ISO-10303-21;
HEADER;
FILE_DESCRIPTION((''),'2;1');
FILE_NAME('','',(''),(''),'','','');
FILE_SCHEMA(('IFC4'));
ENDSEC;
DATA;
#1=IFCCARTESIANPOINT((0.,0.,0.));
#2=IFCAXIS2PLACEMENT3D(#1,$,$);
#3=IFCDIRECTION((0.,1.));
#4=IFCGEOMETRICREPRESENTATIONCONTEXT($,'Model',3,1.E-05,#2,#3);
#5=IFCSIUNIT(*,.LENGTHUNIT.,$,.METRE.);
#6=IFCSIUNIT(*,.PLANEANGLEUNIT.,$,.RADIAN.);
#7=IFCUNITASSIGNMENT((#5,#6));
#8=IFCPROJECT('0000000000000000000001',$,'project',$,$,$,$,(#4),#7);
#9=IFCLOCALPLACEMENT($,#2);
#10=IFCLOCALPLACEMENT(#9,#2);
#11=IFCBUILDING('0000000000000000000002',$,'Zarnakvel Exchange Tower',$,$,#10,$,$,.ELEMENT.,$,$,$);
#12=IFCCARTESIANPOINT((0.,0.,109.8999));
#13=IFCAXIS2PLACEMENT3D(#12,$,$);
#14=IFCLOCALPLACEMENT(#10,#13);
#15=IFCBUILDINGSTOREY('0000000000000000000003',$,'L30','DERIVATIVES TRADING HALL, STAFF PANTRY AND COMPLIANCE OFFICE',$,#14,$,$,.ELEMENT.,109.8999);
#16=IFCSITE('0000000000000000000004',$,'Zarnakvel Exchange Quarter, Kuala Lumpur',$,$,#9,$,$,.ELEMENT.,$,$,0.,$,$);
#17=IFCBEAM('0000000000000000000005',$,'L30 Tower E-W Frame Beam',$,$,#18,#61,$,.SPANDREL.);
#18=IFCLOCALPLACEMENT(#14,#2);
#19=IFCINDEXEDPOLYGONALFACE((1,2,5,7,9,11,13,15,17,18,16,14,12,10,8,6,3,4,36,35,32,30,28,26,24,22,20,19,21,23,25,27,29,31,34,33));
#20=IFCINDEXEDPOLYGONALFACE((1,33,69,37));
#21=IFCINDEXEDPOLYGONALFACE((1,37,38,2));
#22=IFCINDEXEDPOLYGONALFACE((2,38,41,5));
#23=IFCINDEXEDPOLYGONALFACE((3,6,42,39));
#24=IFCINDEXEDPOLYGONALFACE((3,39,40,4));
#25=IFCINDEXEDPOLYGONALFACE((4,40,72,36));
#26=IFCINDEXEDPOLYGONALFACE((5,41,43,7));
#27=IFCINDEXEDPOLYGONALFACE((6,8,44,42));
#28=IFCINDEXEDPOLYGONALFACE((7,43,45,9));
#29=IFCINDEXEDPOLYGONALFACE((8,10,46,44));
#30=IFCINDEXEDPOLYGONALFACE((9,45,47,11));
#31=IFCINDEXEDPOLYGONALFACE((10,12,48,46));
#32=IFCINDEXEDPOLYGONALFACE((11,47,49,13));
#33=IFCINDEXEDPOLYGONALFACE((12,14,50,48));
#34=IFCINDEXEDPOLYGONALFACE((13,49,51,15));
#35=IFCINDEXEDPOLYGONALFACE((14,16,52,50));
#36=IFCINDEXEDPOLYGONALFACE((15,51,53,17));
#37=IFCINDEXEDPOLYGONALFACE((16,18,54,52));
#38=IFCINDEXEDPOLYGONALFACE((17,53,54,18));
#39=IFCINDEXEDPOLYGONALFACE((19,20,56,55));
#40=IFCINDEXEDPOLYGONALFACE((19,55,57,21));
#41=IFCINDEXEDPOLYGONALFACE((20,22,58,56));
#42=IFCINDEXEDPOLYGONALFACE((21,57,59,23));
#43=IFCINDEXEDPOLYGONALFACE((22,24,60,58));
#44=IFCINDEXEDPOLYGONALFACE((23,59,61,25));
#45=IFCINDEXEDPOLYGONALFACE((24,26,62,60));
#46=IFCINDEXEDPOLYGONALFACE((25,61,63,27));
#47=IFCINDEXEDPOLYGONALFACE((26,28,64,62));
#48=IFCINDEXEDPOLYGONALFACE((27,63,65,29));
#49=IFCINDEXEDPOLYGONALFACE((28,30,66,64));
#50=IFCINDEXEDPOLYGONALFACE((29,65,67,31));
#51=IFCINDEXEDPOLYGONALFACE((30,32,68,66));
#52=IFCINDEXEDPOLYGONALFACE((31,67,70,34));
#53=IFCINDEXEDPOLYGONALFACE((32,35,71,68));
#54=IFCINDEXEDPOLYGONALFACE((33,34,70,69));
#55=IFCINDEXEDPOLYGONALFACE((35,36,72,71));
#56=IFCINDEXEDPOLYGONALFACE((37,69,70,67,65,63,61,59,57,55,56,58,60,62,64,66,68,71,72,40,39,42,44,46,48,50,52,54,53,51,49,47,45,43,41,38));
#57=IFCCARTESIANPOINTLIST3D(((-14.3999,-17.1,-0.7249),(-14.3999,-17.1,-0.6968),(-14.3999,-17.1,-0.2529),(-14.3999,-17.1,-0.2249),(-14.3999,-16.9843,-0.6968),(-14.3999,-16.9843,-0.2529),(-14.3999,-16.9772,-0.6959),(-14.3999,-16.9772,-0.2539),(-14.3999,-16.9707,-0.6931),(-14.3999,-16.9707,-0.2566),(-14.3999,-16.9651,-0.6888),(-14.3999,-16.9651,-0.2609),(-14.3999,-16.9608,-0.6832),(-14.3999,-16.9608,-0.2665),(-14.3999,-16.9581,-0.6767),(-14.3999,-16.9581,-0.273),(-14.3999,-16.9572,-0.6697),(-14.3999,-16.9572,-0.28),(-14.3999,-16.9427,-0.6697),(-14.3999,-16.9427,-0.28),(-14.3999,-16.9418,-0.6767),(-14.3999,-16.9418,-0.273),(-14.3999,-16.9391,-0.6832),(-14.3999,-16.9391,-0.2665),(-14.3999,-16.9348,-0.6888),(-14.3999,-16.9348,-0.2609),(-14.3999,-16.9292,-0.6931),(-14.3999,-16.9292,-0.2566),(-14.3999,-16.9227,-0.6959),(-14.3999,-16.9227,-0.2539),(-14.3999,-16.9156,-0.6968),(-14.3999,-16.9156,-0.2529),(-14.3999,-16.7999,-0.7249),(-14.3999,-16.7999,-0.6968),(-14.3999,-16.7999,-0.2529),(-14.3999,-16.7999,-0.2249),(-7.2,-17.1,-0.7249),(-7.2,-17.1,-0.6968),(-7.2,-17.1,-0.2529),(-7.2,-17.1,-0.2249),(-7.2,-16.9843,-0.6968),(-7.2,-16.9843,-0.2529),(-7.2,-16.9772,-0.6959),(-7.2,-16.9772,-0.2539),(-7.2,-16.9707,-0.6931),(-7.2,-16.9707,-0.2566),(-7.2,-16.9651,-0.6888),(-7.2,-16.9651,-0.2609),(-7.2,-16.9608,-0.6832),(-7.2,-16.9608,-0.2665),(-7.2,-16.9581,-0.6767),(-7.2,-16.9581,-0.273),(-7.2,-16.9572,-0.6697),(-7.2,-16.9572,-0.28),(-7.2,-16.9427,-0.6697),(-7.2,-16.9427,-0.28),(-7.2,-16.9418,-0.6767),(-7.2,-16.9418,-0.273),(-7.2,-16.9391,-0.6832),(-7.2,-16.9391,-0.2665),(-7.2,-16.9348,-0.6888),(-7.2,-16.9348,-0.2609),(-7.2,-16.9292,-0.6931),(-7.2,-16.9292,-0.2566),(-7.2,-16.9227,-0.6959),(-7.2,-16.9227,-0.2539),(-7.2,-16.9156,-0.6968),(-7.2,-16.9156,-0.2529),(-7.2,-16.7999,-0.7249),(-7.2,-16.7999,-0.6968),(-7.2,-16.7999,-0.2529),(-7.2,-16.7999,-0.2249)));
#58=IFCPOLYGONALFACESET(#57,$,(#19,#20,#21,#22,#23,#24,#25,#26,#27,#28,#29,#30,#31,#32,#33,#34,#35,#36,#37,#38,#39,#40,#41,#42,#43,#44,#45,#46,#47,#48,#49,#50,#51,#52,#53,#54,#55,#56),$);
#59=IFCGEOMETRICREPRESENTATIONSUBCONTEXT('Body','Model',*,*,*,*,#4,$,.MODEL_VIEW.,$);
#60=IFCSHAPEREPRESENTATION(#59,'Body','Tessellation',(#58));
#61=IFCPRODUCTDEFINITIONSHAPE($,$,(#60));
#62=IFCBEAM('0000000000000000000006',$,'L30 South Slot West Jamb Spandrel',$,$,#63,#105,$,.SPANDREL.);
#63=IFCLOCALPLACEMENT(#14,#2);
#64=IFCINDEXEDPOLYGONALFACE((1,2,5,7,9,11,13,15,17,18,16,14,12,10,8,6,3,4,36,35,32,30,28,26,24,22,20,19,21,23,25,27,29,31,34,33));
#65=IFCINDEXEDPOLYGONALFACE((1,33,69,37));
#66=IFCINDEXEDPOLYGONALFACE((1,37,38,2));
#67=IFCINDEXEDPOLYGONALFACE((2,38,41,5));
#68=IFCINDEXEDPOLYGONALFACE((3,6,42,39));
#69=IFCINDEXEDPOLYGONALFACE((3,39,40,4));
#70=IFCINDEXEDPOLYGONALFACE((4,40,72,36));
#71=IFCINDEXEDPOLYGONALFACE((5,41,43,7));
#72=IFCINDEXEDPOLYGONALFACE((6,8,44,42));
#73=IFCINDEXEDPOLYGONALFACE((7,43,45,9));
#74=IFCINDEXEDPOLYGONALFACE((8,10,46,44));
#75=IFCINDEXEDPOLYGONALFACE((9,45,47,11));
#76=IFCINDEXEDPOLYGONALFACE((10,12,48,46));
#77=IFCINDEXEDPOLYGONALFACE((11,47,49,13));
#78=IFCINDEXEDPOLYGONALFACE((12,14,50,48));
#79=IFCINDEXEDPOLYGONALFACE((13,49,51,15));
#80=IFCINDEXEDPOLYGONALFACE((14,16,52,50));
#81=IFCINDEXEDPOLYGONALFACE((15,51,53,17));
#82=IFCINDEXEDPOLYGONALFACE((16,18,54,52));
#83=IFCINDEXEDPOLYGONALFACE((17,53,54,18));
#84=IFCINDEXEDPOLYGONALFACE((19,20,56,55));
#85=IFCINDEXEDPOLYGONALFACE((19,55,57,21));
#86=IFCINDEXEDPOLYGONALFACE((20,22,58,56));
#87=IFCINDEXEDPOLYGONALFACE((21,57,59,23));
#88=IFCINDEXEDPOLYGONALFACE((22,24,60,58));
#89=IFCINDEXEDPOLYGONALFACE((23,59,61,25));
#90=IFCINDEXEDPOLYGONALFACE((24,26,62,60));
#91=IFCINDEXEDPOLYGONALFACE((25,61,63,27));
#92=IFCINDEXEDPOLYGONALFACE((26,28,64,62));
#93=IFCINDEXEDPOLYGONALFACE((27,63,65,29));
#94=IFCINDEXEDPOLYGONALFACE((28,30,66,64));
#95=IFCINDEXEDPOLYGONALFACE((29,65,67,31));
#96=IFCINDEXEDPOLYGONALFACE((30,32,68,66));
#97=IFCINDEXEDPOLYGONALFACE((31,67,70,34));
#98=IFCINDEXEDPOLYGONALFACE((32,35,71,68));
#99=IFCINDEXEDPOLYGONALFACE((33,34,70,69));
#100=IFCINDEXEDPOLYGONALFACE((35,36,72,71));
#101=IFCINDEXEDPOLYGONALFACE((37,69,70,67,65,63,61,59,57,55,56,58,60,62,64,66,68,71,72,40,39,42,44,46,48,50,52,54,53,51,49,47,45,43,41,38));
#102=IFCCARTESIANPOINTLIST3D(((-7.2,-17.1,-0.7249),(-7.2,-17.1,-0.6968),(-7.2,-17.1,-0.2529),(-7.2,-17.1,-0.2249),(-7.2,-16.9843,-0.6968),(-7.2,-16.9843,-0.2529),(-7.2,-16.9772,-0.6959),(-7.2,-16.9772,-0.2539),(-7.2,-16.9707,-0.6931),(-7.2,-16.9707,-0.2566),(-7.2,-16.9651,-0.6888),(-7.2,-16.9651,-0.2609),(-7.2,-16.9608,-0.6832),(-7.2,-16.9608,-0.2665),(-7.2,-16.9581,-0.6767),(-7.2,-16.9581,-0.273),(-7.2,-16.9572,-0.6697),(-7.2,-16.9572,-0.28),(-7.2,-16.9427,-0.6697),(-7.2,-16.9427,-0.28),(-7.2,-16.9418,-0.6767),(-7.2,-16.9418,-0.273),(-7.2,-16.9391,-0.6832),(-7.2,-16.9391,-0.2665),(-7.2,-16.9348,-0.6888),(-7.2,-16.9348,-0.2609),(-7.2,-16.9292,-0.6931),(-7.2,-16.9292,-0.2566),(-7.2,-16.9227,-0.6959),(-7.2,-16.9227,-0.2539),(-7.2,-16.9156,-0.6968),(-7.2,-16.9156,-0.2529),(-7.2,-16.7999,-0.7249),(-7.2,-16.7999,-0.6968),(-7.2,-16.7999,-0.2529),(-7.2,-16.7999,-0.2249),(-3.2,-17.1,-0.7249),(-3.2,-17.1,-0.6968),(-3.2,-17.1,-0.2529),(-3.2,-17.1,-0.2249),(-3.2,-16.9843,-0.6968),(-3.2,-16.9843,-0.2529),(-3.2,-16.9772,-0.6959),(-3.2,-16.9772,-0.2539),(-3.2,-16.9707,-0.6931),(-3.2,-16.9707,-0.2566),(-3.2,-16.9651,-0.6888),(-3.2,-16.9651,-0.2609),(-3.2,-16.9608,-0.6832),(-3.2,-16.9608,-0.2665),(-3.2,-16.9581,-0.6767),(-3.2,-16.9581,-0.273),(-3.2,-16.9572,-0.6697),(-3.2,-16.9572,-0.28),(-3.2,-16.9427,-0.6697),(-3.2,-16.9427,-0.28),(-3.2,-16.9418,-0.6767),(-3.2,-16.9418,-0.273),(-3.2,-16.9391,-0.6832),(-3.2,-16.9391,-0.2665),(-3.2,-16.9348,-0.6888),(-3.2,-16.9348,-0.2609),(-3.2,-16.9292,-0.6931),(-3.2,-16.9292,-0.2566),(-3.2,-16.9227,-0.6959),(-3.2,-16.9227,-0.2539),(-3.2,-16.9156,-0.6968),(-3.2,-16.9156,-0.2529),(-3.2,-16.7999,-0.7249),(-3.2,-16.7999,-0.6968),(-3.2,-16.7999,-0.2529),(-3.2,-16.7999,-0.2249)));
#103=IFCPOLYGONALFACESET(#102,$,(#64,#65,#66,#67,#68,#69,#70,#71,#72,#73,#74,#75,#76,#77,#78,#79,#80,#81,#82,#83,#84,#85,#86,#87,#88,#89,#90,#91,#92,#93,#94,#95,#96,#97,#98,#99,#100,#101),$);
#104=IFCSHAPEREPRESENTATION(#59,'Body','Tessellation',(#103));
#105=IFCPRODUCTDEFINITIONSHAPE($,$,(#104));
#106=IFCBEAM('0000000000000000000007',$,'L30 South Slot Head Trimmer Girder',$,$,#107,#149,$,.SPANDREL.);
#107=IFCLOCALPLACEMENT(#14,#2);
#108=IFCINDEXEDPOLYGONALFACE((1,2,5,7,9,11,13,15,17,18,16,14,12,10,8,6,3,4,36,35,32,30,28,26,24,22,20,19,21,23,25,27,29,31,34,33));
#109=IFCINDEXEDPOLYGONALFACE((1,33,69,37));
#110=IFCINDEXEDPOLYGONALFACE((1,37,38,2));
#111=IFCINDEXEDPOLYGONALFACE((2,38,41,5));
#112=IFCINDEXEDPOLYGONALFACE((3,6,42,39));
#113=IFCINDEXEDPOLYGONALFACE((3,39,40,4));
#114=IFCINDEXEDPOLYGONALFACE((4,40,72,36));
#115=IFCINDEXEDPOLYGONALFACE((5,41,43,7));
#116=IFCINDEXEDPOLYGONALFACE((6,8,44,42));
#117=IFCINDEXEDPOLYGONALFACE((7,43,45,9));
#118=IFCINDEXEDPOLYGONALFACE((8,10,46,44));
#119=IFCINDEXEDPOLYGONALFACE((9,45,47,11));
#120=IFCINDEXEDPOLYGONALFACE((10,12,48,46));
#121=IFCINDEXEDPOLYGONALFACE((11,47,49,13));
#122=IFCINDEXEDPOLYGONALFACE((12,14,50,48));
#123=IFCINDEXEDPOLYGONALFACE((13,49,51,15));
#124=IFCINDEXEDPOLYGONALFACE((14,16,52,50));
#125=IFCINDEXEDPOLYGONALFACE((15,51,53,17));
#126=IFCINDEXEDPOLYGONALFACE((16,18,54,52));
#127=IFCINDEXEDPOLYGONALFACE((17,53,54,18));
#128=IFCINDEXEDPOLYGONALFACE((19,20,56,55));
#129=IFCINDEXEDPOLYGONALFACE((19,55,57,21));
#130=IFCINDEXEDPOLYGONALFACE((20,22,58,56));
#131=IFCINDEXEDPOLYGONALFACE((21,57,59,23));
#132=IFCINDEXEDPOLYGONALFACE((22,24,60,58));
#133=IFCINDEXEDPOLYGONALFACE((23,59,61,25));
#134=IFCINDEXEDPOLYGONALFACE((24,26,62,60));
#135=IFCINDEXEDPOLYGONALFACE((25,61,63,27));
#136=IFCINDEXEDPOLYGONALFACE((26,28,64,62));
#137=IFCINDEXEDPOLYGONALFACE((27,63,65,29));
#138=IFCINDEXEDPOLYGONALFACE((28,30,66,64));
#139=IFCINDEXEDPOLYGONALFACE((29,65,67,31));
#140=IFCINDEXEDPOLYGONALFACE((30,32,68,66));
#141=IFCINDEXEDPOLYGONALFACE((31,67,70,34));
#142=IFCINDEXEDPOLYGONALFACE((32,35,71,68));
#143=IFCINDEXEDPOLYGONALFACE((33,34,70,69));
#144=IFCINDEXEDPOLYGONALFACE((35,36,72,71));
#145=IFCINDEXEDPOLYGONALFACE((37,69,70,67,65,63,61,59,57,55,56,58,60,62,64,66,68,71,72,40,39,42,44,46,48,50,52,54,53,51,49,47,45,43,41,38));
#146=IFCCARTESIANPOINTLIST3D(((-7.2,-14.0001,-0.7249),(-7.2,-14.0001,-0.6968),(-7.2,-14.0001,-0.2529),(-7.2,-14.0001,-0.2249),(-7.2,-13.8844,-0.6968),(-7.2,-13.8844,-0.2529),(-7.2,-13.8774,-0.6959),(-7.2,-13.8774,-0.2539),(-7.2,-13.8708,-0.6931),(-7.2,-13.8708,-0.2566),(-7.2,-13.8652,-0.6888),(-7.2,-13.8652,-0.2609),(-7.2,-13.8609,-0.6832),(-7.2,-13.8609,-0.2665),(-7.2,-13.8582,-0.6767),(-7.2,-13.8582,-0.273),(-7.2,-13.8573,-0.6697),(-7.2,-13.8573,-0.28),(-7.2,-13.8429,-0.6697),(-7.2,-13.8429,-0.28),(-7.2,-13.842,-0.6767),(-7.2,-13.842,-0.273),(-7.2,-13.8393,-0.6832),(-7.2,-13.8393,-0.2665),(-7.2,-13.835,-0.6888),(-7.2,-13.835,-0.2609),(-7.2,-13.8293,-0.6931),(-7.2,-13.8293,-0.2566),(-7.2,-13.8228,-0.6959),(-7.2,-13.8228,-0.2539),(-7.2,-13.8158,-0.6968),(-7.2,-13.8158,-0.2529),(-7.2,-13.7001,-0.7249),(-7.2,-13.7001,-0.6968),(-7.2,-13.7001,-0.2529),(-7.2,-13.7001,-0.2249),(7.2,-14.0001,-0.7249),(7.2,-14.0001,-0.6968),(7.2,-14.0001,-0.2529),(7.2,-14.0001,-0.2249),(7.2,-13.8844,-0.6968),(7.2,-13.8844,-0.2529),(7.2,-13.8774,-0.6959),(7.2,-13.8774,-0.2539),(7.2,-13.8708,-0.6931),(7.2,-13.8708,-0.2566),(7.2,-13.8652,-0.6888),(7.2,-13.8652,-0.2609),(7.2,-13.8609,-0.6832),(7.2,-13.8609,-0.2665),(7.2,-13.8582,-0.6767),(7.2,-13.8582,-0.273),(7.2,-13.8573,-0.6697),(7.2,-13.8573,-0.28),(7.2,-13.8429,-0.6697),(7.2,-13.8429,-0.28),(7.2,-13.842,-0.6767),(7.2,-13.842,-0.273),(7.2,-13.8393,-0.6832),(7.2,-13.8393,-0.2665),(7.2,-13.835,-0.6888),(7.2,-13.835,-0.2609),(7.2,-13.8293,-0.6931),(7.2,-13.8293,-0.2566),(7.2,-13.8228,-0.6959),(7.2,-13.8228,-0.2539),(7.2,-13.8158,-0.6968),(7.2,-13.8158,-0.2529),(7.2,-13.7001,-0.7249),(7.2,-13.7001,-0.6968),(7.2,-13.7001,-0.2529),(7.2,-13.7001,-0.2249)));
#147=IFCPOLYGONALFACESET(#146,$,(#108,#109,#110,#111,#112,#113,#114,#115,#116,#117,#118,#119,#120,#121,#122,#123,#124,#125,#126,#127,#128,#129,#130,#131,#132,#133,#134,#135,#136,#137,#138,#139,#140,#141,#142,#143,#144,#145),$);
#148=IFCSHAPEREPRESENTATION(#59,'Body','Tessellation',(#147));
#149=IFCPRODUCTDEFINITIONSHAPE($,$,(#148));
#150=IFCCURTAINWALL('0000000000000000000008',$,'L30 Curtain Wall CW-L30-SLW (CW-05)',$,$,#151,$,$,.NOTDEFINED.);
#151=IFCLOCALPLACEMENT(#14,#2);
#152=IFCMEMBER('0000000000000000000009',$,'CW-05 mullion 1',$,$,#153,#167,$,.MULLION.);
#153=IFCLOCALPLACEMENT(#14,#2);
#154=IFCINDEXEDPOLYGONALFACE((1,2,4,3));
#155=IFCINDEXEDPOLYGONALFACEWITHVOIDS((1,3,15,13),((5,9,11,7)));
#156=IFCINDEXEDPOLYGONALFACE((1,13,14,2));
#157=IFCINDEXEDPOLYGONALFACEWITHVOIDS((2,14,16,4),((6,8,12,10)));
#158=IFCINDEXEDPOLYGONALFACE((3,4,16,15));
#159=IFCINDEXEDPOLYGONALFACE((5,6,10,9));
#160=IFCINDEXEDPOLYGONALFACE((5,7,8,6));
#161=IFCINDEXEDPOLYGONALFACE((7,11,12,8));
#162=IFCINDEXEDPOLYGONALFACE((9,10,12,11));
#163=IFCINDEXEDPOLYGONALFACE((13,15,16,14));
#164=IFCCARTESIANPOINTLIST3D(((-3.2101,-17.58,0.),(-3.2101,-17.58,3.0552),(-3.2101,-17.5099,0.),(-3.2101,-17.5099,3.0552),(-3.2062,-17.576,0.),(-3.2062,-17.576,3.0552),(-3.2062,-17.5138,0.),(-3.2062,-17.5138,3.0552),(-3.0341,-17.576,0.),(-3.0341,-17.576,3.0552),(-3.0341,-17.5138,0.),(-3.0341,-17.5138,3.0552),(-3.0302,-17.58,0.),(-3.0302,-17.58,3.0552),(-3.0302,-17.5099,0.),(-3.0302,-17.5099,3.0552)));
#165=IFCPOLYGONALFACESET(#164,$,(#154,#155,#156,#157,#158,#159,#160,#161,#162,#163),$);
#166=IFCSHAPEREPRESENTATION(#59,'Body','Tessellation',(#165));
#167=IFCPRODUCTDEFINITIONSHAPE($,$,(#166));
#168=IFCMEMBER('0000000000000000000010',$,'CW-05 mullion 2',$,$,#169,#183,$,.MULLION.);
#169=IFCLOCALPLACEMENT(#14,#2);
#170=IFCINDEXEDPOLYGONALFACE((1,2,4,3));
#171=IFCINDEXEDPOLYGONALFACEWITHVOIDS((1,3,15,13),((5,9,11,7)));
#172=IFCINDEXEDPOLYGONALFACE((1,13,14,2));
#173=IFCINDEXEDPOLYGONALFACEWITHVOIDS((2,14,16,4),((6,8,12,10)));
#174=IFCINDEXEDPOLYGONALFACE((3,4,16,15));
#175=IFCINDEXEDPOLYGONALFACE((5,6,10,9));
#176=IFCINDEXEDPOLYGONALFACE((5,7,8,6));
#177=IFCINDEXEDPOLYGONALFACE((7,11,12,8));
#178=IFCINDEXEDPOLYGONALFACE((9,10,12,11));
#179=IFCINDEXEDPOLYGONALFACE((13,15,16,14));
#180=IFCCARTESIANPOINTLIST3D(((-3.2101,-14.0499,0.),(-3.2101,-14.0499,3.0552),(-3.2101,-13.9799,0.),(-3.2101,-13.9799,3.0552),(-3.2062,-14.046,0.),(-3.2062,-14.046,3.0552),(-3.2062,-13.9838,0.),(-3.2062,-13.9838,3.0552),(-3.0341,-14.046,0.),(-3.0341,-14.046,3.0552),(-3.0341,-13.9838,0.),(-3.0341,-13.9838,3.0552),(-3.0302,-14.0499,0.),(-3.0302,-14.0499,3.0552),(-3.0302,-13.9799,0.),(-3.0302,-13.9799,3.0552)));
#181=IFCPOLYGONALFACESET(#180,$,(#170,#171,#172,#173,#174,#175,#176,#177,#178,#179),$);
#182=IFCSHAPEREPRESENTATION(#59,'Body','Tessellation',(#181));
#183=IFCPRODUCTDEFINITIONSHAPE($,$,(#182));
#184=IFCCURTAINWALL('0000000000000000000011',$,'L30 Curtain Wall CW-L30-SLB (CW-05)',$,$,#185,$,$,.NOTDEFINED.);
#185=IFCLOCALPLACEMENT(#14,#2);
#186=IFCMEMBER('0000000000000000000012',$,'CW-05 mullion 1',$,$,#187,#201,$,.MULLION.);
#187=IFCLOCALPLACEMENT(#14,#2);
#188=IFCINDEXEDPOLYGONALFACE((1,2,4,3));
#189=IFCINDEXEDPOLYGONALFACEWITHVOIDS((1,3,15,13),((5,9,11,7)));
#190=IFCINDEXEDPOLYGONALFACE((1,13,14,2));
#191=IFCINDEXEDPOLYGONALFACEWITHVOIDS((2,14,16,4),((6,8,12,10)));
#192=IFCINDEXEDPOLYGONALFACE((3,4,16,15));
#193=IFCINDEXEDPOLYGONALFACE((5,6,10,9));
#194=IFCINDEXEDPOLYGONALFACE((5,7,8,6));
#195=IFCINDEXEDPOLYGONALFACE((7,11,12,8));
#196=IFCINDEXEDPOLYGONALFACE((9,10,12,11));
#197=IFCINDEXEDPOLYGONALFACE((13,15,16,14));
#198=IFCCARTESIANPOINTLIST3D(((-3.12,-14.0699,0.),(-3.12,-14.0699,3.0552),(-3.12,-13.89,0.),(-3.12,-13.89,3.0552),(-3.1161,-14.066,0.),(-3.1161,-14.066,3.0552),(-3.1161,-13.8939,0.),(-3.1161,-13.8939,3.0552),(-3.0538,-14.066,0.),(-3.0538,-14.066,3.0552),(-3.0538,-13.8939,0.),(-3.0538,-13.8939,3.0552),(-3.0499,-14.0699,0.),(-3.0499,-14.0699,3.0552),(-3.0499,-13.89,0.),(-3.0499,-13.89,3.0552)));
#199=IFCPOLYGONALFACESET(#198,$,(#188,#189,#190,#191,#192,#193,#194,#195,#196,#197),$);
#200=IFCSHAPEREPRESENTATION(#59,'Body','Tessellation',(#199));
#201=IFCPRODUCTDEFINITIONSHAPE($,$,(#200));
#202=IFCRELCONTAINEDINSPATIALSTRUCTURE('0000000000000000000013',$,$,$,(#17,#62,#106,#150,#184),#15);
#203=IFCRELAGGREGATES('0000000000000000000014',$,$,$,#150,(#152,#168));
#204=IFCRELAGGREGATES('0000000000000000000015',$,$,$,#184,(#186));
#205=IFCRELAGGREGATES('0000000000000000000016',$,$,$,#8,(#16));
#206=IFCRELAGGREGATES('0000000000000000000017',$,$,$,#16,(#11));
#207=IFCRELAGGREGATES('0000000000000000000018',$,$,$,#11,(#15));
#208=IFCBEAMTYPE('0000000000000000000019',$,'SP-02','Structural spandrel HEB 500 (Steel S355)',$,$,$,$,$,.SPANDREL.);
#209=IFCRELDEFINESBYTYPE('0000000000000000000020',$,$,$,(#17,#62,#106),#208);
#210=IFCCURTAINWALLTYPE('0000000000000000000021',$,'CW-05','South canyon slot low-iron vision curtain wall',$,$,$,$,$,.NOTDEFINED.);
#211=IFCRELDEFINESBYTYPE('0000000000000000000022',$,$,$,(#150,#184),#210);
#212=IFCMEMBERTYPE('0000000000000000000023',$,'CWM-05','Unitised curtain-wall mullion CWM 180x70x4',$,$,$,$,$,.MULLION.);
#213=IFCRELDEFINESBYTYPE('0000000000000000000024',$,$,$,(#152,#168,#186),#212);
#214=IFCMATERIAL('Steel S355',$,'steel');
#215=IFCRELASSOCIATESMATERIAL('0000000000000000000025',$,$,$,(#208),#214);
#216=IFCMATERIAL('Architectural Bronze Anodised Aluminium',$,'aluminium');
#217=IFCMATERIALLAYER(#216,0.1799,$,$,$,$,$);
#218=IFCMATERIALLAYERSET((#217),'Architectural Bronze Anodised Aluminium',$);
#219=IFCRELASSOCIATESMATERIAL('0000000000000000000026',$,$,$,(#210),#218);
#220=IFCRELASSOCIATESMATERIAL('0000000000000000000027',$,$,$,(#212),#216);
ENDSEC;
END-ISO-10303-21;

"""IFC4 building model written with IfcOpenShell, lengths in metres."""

from ifc_helpers import new_model, si_unit, direction, frame, origin, origin_2d, place, context, subcontext, project, spatial, hollow_rectangle, i_section, extrude, source, transform, mapped, material, layer, layer_set, material_profile, profile_set, type_object, element, aggregate, save


model = new_model("IFC4")

# Units and contexts
model_context = context("Model", 3, precision=1e-05, world=origin(), true_north=direction((0.0, 1.0)))
body_context = subcontext(model_context, "Body", "Model", "MODEL_VIEW")
ifc_project = project(units=[si_unit("LENGTHUNIT", "METRE"), si_unit("PLANEANGLEUNIT", "RADIAN")], contexts=[model_context])

# Site, building, storey
site_placement = place(None, origin())
site = spatial("IfcSite", under=ifc_project, at=site_placement, Name="Zarnakvel Exchange Quarter, Kuala Lumpur", CompositionType="ELEMENT", RefElevation=0.0)
building_placement = place(site_placement, origin())
building = spatial("IfcBuilding", under=site, at=building_placement, Name="Zarnakvel Exchange Tower", CompositionType="ELEMENT")
storey_placement = place(building_placement, frame((0.0, 0.0, 109.8999)))
storey = spatial("IfcBuildingStorey", under=building, at=storey_placement, Name="L30", Description="DERIVATIVES TRADING HALL, STAFF PANTRY AND COMPLIANCE OFFICE", CompositionType="ELEMENT", Elevation=109.8999)

# Beams
ifc_material_1 = material(Name="Steel S355", Category="steel")
ifc_material_profile_1 = material_profile(ifc_material_1, i_section(OverallWidth=0.3, OverallDepth=0.5, WebThickness=0.0144, FlangeThickness=0.0281, FilletRadius=0.0271, at=origin_2d()))
ifc_profile_set_1 = profile_set([ifc_material_profile_1], Name="Steel S355")
beam_type_1 = type_object("IfcBeamType", Name="SP-02", Description="Structural spandrel HEB 500 (Steel S355)", PredefinedType="SPANDREL", material=ifc_profile_set_1)
beam_1_placement = place(storey_placement, frame((-14.3999, -16.95, -0.4749), z_axis=(1.0, 0.0, 0.0), x_axis=(0.0, 1.0, 0.0)))
element("IfcBeam", 1, at=beam_1_placement, inside=storey, type_object=beam_type_1, Name="L30 Tower E-W Frame Beam", PredefinedType="SPANDREL", context=body_context, shape_type="SweptSolid", body=[
    extrude(i_section(OverallWidth=0.3, OverallDepth=0.5, WebThickness=0.0144, FlangeThickness=0.0281, FilletRadius=0.0271, at=origin_2d()), origin(), (0.0, 0.0, 1.0), 7.2),
])
beam_2_placement = place(storey_placement, frame((-7.2, -16.95, -0.4749), z_axis=(1.0, 0.0, 0.0), x_axis=(0.0, 1.0, 0.0)))
element("IfcBeam", 2, at=beam_2_placement, inside=storey, type_object=beam_type_1, Name="L30 South Slot West Jamb Spandrel", PredefinedType="SPANDREL", context=body_context, shape_type="SweptSolid", body=[
    extrude(i_section(OverallWidth=0.3, OverallDepth=0.5, WebThickness=0.0144, FlangeThickness=0.0281, FilletRadius=0.0271, at=origin_2d()), origin(), (0.0, 0.0, 1.0), 4.0),
])
beam_3_placement = place(storey_placement, frame((-7.2, -13.8501, -0.4749), z_axis=(1.0, 0.0, 0.0), x_axis=(0.0, 1.0, 0.0)))
element("IfcBeam", 3, at=beam_3_placement, inside=storey, type_object=beam_type_1, Name="L30 South Slot Head Trimmer Girder", PredefinedType="SPANDREL", context=body_context, shape_type="SweptSolid", body=[
    extrude(i_section(OverallWidth=0.3, OverallDepth=0.5, WebThickness=0.0144, FlangeThickness=0.0281, FilletRadius=0.0271, at=origin_2d()), origin(), (0.0, 0.0, 1.0), 14.3999),
])

# Curtain walls, members
ifc_material_2 = material(Name="Architectural Bronze Anodised Aluminium", Category="aluminium")
ifc_layer_1 = layer(ifc_material_2, 0.1799)
ifc_layer_set_1 = layer_set([ifc_layer_1], Name="Architectural Bronze Anodised Aluminium")
curtain_wall_type = type_object("IfcCurtainWallType", Name="CW-05", Description="South canyon slot low-iron vision curtain wall", PredefinedType="NOTDEFINED", material=ifc_layer_set_1)
curtain_wall_1_placement = place(storey_placement, origin())
curtain_wall_1 = element("IfcCurtainWall", 4, at=curtain_wall_1_placement, inside=storey, type_object=curtain_wall_type, Name="L30 Curtain Wall CW-L30-SLW (CW-05)", PredefinedType="NOTDEFINED")
ifc_material_profile_2 = material_profile(ifc_material_2, hollow_rectangle(XDim=0.1799, YDim=0.0701, WallThickness=0.0039, at=origin_2d()))
ifc_profile_set_2 = profile_set([ifc_material_profile_2], Name="Architectural Bronze Anodised Aluminium")
member_type_1 = type_object("IfcMemberType", Name="CWM-05", Description="Unitised curtain-wall mullion CWM 180x70x4", PredefinedType="MULLION", material=ifc_profile_set_2)
shared_shape_1 = source(origin(), body_context, "Body", "SweptSolid", [
    extrude(hollow_rectangle(XDim=0.1799, YDim=0.0701, WallThickness=0.0039, at=origin_2d()), origin(), (0.0, 0.0, 1.0), 3.0552),
])
member_1_placement = place(storey_placement, frame((-3.1201, -17.5449, 0.0), z_axis=(0.0, 0.0, 1.0), x_axis=(-1.0, 0.0, 0.0)))
member_1 = element("IfcMember", 5, at=member_1_placement, type_object=member_type_1, Name="CW-05 mullion 1", PredefinedType="MULLION", context=body_context, shape_type="MappedRepresentation", body=[
    mapped(shared_shape_1, transform((0.0, 0.0, 0.0), x_axis=(1.0, 0.0, 0.0), y_axis=(0.0, 1.0, 0.0), z_axis=(0.0, 0.0, 1.0), scale=1.0)),
])
member_2_placement = place(storey_placement, frame((-3.1201, -14.0149, 0.0), z_axis=(0.0, 0.0, 1.0), x_axis=(-1.0, 0.0, 0.0)))
member_2 = element("IfcMember", 6, at=member_2_placement, type_object=member_type_1, Name="CW-05 mullion 2", PredefinedType="MULLION", context=body_context, shape_type="MappedRepresentation", body=[
    mapped(shared_shape_1, transform((0.0, 0.0, 0.0), x_axis=(1.0, 0.0, 0.0), y_axis=(0.0, 1.0, 0.0), z_axis=(0.0, 0.0, 1.0), scale=1.0)),
])
curtain_wall_2_placement = place(storey_placement, origin())
curtain_wall_2 = element("IfcCurtainWall", 7, at=curtain_wall_2_placement, inside=storey, type_object=curtain_wall_type, Name="L30 Curtain Wall CW-L30-SLB (CW-05)", PredefinedType="NOTDEFINED")
member_3_placement = place(storey_placement, frame((-3.085, -13.98, 0.0), z_axis=(0.0, 0.0, 1.0), x_axis=(0.0, 1.0, 0.0)))
member_3 = element("IfcMember", 8, at=member_3_placement, type_object=member_type_1, Name="CW-05 mullion 1", PredefinedType="MULLION", context=body_context, shape_type="MappedRepresentation", body=[
    mapped(shared_shape_1, transform((0.0, 0.0, 0.0), x_axis=(1.0, 0.0, 0.0), y_axis=(0.0, 1.0, 0.0), z_axis=(0.0, 0.0, 1.0), scale=1.0)),
])

aggregate(curtain_wall_1, [member_1, member_2])
aggregate(curtain_wall_2, [member_3])

save(model, "model.ifc")
